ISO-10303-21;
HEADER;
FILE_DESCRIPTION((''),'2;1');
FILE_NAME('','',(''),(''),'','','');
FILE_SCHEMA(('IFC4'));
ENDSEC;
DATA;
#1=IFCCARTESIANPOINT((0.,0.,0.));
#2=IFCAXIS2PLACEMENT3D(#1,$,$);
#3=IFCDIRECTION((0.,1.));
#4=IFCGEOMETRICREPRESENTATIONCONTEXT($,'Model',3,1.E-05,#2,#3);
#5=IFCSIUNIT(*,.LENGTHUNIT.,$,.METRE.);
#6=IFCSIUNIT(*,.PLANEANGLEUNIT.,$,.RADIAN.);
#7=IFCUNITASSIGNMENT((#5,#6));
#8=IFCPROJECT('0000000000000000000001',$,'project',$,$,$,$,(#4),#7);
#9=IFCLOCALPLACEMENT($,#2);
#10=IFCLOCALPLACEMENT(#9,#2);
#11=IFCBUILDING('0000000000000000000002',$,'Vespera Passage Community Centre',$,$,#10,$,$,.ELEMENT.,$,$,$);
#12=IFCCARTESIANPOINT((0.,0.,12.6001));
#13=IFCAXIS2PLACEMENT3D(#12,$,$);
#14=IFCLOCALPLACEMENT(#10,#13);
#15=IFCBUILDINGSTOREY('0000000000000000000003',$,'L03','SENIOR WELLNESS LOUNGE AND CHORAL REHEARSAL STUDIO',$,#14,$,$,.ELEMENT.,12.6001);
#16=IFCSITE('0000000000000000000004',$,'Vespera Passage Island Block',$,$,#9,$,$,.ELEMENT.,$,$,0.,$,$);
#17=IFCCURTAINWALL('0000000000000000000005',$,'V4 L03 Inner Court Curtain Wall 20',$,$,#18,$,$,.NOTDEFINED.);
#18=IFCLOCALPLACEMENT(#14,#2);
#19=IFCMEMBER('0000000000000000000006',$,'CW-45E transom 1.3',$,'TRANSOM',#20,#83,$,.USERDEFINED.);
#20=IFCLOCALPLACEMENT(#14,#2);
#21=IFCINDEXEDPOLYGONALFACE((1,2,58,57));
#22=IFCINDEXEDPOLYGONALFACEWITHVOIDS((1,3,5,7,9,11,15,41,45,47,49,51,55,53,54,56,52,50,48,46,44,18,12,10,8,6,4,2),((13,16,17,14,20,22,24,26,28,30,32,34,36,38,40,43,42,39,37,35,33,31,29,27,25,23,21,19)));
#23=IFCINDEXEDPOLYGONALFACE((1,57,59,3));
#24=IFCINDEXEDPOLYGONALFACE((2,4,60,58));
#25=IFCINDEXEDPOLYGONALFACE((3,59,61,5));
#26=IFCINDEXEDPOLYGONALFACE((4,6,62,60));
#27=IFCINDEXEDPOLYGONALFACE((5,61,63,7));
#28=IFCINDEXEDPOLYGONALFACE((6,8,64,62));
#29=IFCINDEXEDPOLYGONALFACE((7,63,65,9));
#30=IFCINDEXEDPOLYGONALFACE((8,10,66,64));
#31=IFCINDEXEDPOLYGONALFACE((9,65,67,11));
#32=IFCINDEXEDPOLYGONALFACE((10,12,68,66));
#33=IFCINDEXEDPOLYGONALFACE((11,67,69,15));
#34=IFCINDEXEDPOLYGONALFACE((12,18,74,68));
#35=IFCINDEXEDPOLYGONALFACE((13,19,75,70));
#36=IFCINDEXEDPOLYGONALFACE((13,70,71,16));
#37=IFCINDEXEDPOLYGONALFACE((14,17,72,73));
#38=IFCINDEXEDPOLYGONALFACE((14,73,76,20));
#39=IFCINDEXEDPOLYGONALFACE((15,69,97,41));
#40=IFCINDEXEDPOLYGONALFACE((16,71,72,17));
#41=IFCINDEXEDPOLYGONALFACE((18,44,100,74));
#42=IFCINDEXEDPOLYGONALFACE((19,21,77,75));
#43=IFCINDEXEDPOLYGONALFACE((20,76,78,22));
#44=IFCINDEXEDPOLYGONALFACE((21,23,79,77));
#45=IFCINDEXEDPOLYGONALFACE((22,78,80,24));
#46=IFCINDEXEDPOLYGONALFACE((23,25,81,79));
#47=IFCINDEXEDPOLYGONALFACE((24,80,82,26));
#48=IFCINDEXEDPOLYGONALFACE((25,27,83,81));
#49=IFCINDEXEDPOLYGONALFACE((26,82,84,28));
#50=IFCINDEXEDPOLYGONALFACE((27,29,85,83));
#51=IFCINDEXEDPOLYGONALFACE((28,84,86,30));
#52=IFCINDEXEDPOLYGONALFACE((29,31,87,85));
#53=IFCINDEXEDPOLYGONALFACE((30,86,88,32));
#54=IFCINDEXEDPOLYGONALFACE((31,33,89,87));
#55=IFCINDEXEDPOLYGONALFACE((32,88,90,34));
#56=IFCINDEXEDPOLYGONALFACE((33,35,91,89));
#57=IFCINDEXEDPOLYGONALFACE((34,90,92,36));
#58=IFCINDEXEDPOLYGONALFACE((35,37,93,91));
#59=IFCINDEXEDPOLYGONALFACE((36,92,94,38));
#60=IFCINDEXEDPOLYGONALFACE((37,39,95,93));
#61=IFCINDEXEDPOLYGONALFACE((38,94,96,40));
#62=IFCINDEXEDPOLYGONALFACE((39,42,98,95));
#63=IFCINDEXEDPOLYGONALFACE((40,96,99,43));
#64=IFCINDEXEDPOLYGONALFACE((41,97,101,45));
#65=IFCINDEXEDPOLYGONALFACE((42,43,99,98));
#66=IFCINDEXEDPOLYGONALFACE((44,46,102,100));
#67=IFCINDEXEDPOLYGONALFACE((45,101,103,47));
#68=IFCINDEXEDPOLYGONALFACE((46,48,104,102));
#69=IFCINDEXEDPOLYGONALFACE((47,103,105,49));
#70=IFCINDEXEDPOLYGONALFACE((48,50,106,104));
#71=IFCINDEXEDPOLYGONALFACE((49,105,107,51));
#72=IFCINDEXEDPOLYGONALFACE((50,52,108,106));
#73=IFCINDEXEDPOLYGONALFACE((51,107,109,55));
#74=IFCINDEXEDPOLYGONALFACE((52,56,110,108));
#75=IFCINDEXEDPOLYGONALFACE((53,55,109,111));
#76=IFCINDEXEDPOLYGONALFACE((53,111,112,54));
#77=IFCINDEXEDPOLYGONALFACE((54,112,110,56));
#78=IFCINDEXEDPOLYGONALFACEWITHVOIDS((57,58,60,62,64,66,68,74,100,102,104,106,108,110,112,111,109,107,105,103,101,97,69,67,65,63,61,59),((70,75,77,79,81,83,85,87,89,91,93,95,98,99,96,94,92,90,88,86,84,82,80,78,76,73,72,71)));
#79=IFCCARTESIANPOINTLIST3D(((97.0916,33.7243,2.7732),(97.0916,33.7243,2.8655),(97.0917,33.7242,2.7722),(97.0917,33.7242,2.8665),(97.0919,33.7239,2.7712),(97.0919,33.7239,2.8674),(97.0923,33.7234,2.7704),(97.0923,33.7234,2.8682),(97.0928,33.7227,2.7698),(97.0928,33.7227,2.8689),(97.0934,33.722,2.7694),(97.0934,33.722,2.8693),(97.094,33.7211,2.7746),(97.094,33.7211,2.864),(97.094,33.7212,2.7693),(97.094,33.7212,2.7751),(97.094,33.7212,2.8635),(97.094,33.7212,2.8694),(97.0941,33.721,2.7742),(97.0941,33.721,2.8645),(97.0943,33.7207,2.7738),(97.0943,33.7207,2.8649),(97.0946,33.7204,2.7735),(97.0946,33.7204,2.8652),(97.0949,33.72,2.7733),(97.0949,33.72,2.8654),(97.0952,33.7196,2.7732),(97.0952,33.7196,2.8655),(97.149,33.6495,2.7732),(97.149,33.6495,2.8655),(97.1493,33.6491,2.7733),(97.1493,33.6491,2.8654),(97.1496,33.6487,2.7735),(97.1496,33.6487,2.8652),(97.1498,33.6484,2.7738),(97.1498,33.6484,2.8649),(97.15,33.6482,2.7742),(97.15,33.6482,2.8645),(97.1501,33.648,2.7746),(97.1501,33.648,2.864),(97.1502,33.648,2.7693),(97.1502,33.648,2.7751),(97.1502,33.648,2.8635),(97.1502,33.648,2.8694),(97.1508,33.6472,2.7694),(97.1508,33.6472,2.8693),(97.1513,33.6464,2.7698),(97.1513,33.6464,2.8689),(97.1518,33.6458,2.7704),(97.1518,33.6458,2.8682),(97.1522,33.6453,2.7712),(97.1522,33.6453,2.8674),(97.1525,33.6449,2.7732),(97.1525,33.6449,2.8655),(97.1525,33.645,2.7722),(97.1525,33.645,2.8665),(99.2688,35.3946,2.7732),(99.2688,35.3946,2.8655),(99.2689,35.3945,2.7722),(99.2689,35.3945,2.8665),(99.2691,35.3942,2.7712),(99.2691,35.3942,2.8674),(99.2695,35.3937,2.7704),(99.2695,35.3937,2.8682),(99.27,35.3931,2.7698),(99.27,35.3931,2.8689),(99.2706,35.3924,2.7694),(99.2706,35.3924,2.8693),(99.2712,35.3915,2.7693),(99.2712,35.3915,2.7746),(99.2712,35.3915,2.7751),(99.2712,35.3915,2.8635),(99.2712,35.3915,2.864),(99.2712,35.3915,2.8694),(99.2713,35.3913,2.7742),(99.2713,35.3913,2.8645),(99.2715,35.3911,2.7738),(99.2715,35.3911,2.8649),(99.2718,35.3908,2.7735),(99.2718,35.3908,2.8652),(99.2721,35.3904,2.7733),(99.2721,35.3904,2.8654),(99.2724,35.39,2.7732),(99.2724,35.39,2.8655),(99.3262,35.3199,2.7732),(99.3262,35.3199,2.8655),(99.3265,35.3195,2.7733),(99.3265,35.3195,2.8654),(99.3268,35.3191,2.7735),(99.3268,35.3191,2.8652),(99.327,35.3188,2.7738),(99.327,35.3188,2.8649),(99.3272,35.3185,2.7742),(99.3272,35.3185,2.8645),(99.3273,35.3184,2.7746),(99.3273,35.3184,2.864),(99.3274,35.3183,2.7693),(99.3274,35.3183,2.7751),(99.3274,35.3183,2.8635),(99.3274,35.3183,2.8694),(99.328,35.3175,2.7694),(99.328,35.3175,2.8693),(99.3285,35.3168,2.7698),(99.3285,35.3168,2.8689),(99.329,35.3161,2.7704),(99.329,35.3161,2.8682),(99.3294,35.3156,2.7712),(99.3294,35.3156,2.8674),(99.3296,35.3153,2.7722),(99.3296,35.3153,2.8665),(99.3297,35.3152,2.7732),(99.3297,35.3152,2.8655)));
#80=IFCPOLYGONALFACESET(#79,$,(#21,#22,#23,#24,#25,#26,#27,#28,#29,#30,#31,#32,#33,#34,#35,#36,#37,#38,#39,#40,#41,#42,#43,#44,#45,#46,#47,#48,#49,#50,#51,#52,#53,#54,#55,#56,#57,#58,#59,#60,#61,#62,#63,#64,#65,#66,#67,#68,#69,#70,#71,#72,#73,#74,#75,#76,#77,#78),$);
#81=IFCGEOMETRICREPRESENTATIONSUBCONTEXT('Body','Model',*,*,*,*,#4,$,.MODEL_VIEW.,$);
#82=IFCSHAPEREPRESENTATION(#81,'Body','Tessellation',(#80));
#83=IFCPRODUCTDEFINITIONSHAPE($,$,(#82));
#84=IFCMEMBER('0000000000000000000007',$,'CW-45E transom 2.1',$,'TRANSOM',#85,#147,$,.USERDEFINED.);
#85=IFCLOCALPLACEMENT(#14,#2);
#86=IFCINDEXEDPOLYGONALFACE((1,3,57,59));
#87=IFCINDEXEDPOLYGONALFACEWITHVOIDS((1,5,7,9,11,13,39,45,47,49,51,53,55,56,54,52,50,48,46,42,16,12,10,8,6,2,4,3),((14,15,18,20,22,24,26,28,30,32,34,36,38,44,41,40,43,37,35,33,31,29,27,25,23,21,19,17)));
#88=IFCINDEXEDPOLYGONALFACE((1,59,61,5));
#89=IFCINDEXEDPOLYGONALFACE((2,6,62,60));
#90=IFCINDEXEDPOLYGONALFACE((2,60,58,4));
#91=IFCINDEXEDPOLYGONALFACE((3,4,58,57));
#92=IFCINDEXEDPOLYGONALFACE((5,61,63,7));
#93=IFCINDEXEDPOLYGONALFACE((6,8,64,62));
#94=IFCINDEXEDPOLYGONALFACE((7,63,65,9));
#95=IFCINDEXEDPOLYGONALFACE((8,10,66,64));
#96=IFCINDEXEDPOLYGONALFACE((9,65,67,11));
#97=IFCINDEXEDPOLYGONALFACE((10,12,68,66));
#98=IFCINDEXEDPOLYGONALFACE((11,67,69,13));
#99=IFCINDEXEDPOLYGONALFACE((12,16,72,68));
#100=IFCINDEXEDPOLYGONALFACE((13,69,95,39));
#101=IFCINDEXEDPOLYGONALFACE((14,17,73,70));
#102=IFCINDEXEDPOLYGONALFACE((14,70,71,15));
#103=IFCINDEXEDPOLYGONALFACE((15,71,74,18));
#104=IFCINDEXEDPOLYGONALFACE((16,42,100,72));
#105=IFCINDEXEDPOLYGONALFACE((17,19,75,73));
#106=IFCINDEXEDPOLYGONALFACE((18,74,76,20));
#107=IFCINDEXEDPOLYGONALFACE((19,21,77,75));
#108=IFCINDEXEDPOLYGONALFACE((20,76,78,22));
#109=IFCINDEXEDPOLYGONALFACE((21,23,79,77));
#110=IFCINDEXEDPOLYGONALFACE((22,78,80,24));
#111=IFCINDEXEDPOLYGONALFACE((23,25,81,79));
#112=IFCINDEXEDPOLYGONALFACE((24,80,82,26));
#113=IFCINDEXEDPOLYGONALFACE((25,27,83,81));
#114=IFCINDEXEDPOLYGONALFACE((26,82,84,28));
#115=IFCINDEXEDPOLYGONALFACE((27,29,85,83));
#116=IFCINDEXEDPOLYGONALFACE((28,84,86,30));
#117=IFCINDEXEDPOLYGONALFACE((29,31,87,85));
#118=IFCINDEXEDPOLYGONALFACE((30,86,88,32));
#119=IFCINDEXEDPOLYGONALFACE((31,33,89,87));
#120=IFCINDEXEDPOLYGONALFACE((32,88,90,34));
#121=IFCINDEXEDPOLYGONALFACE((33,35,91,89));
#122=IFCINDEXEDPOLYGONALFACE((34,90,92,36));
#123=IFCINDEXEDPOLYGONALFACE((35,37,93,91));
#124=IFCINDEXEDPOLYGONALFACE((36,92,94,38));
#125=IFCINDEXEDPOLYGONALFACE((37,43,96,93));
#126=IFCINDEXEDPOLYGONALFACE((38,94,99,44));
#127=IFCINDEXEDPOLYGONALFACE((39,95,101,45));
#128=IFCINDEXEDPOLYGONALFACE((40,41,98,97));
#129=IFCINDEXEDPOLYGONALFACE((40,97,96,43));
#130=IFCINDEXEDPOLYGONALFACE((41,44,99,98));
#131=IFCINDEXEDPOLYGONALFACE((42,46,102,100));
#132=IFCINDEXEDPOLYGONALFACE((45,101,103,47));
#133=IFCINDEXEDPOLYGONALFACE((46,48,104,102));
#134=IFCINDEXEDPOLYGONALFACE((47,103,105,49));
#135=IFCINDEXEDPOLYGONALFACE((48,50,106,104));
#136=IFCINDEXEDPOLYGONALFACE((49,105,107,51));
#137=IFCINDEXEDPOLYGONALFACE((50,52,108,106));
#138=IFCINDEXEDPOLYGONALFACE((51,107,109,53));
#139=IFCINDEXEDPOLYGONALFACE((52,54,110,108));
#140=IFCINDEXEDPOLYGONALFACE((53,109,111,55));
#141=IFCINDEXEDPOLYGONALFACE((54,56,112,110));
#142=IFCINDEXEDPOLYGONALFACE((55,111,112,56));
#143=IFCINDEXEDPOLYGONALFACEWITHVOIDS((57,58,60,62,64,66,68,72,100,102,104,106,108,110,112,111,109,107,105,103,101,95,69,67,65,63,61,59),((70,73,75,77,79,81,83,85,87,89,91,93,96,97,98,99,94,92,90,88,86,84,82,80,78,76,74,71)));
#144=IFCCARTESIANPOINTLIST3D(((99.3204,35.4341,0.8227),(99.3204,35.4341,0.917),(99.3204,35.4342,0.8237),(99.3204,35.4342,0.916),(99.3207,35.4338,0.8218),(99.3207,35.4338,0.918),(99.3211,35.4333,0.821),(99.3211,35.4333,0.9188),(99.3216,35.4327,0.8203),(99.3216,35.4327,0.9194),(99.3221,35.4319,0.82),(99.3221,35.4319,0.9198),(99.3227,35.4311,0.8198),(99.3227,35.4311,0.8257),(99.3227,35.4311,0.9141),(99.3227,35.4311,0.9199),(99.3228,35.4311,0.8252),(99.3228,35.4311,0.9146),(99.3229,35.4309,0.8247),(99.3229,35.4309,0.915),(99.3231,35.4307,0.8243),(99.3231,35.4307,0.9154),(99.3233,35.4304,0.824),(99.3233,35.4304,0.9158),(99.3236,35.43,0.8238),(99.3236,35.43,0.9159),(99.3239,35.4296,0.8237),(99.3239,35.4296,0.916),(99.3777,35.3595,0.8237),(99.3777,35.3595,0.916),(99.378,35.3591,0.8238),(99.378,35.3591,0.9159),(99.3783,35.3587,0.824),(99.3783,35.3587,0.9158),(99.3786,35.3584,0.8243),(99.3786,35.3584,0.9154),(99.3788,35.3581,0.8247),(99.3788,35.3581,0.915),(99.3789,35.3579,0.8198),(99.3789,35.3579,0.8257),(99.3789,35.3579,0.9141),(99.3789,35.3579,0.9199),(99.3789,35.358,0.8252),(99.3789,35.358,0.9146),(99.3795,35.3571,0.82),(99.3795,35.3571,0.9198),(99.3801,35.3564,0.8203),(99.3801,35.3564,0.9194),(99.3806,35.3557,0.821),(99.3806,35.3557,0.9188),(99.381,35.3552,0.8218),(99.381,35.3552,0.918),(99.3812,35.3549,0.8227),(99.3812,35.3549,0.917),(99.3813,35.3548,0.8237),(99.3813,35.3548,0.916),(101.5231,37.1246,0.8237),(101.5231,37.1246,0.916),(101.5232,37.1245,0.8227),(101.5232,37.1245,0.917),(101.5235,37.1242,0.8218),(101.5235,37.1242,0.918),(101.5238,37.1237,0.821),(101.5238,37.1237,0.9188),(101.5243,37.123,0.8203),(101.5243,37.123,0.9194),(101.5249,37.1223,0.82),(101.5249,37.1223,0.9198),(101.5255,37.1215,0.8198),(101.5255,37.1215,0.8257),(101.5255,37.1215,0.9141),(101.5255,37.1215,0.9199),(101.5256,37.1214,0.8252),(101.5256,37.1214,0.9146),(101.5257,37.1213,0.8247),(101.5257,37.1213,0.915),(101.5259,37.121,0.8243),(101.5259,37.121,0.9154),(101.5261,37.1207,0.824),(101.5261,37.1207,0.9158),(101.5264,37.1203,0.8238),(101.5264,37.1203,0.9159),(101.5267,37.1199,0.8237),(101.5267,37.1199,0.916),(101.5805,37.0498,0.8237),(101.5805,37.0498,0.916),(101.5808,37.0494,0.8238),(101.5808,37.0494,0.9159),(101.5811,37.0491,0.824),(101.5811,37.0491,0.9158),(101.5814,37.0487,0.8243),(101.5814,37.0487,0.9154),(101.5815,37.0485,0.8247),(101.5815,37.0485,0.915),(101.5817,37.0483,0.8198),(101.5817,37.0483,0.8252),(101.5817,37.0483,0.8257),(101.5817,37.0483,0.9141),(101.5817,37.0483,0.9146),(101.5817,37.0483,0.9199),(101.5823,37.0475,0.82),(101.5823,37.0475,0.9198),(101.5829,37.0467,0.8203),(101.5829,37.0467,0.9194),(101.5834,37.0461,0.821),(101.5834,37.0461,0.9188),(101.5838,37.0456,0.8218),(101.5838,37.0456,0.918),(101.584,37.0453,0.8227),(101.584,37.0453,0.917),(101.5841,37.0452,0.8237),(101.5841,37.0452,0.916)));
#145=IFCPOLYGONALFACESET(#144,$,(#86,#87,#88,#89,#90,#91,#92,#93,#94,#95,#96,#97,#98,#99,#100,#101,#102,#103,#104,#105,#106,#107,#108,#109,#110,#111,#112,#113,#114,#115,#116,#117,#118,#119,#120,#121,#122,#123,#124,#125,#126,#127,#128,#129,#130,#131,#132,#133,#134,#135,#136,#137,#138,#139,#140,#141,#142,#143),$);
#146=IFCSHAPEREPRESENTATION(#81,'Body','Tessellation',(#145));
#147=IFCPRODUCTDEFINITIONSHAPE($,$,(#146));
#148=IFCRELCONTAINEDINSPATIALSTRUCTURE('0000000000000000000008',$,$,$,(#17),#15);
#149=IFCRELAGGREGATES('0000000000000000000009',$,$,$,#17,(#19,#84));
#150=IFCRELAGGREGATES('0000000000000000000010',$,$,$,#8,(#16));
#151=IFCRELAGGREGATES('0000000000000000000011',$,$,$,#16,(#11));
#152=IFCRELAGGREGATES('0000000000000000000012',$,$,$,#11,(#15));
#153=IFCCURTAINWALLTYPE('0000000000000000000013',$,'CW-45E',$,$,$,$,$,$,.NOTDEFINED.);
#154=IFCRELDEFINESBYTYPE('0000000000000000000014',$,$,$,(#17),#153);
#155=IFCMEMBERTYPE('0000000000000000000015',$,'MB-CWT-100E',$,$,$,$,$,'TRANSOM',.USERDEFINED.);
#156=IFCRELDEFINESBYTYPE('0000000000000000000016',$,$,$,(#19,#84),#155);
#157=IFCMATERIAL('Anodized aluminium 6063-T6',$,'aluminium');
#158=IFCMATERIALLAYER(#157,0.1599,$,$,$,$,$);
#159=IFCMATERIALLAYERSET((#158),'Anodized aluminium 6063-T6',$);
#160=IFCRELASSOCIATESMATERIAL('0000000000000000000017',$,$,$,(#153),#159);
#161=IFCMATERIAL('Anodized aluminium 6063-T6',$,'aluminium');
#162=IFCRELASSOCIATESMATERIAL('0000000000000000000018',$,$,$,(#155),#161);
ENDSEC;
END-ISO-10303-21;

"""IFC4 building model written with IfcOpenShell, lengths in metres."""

from ifc_helpers import new_model, si_unit, direction, frame, origin, origin_2d, place, context, subcontext, project, spatial, hollow_rectangle, extrude, material, layer, layer_set, material_profile, profile_set, type_object, element, aggregate, save


model = new_model("IFC4")

# Units and contexts
model_context = context("Model", 3, precision=1e-05, world=origin(), true_north=direction((0.0, 1.0)))
body_context = subcontext(model_context, "Body", "Model", "MODEL_VIEW")
ifc_project = project(units=[si_unit("LENGTHUNIT", "METRE"), si_unit("PLANEANGLEUNIT", "RADIAN")], contexts=[model_context])

# Site, building, storey
site_placement = place(None, origin())
site = spatial("IfcSite", under=ifc_project, at=site_placement, Name="Vespera Passage Island Block", CompositionType="ELEMENT", RefElevation=0.0)
building_placement = place(site_placement, origin())
building = spatial("IfcBuilding", under=site, at=building_placement, Name="Vespera Passage Community Centre", CompositionType="ELEMENT")
storey_placement = place(building_placement, frame((0.0, 0.0, 12.6001)))
storey = spatial("IfcBuildingStorey", under=building, at=storey_placement, Name="L03", Description="SENIOR WELLNESS LOUNGE AND CHORAL REHEARSAL STUDIO", CompositionType="ELEMENT", Elevation=12.6001)

# Curtain wall, members
ifc_material_1 = material(Name="Anodized aluminium 6063-T6", Category="aluminium")
ifc_layer_1 = layer(ifc_material_1, 0.1599)
ifc_layer_set_1 = layer_set([ifc_layer_1], Name="Anodized aluminium 6063-T6")
curtain_wall_type = type_object("IfcCurtainWallType", Name="CW-45E", PredefinedType="NOTDEFINED", material=ifc_layer_set_1)
curtain_wall_placement = place(storey_placement, origin())
curtain_wall = element("IfcCurtainWall", 1, at=curtain_wall_placement, inside=storey, type_object=curtain_wall_type, Name="V4 L03 Inner Court Curtain Wall 20", PredefinedType="NOTDEFINED")
ifc_material_2 = material(Name="Anodized aluminium 6063-T6", Category="aluminium")
ifc_material_profile_1 = material_profile(ifc_material_2, hollow_rectangle(XDim=0.1001, YDim=0.1001, WallThickness=0.0039, InnerFilletRadius=0.002, OuterFilletRadius=0.0039, at=origin_2d()), Name="ALU100X100X4")
ifc_profile_set_1 = profile_set([ifc_material_profile_1], Name="Anodized aluminium 6063-T6")
member_type_1 = type_object("IfcMemberType", Name="MB-CWT-100E", ElementType="TRANSOM", PredefinedType="USERDEFINED", material=ifc_profile_set_1)
member_1_placement = place(storey_placement, frame((97.1221, 33.6846, 2.8193), z_axis=(0.793397, 0.608704, 0.0), x_axis=(-0.608704, 0.793397, 0.0)))
member_1 = element("IfcMember", 2, at=member_1_placement, type_object=member_type_1, Name="CW-45E transom 1.3", ObjectType="TRANSOM", PredefinedType="USERDEFINED", context=body_context, shape_type="SweptSolid", body=[
    extrude(hollow_rectangle(XDim=0.1001, YDim=0.1001, WallThickness=0.0039, InnerFilletRadius=0.002, OuterFilletRadius=0.0039, at=origin_2d()), origin(), (0.0, 0.0, 1.0), 2.7441),
])
member_2_placement = place(storey_placement, frame((99.3508, 35.3945, 0.8699), z_axis=(0.793336, 0.608784, 0.0), x_axis=(-0.608784, 0.793336, 0.0)))
member_2 = element("IfcMember", 3, at=member_2_placement, type_object=member_type_1, Name="CW-45E transom 2.1", ObjectType="TRANSOM", PredefinedType="USERDEFINED", context=body_context, shape_type="SweptSolid", body=[
    extrude(hollow_rectangle(XDim=0.1001, YDim=0.1001, WallThickness=0.0039, InnerFilletRadius=0.002, OuterFilletRadius=0.0039, at=origin_2d()), origin(), (0.0, 0.0, 1.0), 2.7766),
])
aggregate(curtain_wall, [member_1, member_2])

save(model, "model.ifc")
